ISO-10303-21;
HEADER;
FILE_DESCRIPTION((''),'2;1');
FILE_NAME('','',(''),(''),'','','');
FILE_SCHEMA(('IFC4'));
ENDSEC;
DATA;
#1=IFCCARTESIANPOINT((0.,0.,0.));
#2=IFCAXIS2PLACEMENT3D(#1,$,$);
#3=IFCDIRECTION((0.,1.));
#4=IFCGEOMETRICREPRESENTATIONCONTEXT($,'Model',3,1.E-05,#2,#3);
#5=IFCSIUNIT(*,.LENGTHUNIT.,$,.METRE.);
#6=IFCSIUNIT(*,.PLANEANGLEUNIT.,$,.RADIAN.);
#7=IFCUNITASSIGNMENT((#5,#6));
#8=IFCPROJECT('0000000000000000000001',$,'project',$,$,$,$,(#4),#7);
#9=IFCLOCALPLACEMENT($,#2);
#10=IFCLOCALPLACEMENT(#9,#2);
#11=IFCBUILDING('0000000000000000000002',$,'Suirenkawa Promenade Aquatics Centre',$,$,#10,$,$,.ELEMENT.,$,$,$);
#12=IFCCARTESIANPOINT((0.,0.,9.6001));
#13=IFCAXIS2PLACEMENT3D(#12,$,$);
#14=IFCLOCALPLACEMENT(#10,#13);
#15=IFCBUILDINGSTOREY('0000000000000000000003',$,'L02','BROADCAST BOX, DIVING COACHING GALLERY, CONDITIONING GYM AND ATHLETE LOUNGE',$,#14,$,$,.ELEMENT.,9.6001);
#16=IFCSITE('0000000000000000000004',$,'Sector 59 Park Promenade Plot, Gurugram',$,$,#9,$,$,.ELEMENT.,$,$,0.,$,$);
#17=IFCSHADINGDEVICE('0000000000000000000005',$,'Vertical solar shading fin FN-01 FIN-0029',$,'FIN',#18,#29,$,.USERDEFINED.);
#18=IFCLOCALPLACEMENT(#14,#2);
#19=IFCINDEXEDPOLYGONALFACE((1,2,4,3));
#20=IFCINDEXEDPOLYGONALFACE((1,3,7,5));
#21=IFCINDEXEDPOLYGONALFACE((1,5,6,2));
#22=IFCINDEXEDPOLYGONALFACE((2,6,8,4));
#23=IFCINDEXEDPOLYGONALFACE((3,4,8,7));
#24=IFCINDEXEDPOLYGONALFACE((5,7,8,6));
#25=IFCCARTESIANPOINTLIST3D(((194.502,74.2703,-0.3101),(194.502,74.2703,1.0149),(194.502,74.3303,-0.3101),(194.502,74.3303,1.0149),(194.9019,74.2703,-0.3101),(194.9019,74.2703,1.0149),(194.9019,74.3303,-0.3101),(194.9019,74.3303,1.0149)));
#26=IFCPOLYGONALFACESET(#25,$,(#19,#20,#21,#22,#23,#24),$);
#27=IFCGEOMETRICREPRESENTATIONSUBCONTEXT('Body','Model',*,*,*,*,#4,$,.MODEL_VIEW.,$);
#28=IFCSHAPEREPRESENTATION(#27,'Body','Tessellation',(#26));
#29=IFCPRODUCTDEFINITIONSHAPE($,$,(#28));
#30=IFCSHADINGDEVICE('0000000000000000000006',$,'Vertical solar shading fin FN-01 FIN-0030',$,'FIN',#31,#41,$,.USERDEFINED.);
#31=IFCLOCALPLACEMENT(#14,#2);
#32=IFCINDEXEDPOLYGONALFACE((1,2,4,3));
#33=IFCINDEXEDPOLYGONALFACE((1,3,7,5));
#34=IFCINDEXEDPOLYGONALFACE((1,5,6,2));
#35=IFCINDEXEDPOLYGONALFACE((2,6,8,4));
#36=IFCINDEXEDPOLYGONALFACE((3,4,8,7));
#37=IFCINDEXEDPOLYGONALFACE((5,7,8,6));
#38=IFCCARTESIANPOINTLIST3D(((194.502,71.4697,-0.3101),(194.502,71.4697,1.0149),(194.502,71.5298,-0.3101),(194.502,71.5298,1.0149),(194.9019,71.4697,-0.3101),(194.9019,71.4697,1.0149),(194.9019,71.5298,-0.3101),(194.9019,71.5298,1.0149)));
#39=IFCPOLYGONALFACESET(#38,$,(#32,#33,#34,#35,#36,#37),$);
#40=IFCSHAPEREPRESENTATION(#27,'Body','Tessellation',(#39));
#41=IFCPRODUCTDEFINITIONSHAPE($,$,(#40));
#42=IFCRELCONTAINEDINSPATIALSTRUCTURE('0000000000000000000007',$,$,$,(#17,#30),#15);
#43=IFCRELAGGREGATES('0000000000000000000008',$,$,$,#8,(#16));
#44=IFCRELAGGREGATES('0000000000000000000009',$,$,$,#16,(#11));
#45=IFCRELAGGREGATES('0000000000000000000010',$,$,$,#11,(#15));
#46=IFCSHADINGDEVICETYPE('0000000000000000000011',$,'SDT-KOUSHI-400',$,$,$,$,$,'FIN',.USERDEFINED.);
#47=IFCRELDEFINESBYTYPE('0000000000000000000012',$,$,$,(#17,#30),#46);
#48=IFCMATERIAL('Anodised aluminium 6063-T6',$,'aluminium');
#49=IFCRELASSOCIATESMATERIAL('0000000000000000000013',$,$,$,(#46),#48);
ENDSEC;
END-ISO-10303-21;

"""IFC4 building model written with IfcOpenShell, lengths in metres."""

from ifc_helpers import new_model, si_unit, direction, frame, origin, origin_2d, place, context, subcontext, project, spatial, rectangle, extrude, material, type_object, element, save


model = new_model("IFC4")

# Units and contexts
model_context = context("Model", 3, precision=1e-05, world=origin(), true_north=direction((0.0, 1.0)))
body_context = subcontext(model_context, "Body", "Model", "MODEL_VIEW")
ifc_project = project(units=[si_unit("LENGTHUNIT", "METRE"), si_unit("PLANEANGLEUNIT", "RADIAN")], contexts=[model_context])

# Site, building, storey
site_placement = place(None, origin())
site = spatial("IfcSite", under=ifc_project, at=site_placement, Name="Sector 59 Park Promenade Plot, Gurugram", CompositionType="ELEMENT", RefElevation=0.0)
building_placement = place(site_placement, origin())
building = spatial("IfcBuilding", under=site, at=building_placement, Name="Suirenkawa Promenade Aquatics Centre", CompositionType="ELEMENT")
storey_placement = place(building_placement, frame((0.0, 0.0, 9.6001)))
storey = spatial("IfcBuildingStorey", under=building, at=storey_placement, Name="L02", Description="BROADCAST BOX, DIVING COACHING GALLERY, CONDITIONING GYM AND ATHLETE LOUNGE", CompositionType="ELEMENT", Elevation=9.6001)

# Shared definitions
ifc_material_1 = material(Name="Anodised aluminium 6063-T6", Category="aluminium")

# Shading devices
shading_device_type = type_object("IfcShadingDeviceType", Name="SDT-KOUSHI-400", ElementType="FIN", PredefinedType="USERDEFINED", material=ifc_material_1)
for number, where, z_axis, x_axis, name in (
    (1, (194.7019, 74.3003, -0.3101), (0.0, 0.0, 1.0), (1.0, 0.0, 0.0), "Vertical solar shading fin FN-01 FIN-0029"),
    (2, (194.7019, 71.4998, -0.3101), (0.0, 0.0, 1.0), (1.0, 0.0, 0.0), "Vertical solar shading fin FN-01 FIN-0030"),
):
    element("IfcShadingDevice", number, at=place(storey_placement, frame(where, z_axis=z_axis, x_axis=x_axis)), inside=storey, type_object=shading_device_type, Name=name, ObjectType="FIN", PredefinedType="USERDEFINED", context=body_context, shape_type="SweptSolid", body=[
        extrude(rectangle(XDim=0.3999, YDim=0.0601, at=origin_2d()), origin(), (0.0, 0.0, 1.0), 1.325),
    ])

save(model, "model.ifc")
